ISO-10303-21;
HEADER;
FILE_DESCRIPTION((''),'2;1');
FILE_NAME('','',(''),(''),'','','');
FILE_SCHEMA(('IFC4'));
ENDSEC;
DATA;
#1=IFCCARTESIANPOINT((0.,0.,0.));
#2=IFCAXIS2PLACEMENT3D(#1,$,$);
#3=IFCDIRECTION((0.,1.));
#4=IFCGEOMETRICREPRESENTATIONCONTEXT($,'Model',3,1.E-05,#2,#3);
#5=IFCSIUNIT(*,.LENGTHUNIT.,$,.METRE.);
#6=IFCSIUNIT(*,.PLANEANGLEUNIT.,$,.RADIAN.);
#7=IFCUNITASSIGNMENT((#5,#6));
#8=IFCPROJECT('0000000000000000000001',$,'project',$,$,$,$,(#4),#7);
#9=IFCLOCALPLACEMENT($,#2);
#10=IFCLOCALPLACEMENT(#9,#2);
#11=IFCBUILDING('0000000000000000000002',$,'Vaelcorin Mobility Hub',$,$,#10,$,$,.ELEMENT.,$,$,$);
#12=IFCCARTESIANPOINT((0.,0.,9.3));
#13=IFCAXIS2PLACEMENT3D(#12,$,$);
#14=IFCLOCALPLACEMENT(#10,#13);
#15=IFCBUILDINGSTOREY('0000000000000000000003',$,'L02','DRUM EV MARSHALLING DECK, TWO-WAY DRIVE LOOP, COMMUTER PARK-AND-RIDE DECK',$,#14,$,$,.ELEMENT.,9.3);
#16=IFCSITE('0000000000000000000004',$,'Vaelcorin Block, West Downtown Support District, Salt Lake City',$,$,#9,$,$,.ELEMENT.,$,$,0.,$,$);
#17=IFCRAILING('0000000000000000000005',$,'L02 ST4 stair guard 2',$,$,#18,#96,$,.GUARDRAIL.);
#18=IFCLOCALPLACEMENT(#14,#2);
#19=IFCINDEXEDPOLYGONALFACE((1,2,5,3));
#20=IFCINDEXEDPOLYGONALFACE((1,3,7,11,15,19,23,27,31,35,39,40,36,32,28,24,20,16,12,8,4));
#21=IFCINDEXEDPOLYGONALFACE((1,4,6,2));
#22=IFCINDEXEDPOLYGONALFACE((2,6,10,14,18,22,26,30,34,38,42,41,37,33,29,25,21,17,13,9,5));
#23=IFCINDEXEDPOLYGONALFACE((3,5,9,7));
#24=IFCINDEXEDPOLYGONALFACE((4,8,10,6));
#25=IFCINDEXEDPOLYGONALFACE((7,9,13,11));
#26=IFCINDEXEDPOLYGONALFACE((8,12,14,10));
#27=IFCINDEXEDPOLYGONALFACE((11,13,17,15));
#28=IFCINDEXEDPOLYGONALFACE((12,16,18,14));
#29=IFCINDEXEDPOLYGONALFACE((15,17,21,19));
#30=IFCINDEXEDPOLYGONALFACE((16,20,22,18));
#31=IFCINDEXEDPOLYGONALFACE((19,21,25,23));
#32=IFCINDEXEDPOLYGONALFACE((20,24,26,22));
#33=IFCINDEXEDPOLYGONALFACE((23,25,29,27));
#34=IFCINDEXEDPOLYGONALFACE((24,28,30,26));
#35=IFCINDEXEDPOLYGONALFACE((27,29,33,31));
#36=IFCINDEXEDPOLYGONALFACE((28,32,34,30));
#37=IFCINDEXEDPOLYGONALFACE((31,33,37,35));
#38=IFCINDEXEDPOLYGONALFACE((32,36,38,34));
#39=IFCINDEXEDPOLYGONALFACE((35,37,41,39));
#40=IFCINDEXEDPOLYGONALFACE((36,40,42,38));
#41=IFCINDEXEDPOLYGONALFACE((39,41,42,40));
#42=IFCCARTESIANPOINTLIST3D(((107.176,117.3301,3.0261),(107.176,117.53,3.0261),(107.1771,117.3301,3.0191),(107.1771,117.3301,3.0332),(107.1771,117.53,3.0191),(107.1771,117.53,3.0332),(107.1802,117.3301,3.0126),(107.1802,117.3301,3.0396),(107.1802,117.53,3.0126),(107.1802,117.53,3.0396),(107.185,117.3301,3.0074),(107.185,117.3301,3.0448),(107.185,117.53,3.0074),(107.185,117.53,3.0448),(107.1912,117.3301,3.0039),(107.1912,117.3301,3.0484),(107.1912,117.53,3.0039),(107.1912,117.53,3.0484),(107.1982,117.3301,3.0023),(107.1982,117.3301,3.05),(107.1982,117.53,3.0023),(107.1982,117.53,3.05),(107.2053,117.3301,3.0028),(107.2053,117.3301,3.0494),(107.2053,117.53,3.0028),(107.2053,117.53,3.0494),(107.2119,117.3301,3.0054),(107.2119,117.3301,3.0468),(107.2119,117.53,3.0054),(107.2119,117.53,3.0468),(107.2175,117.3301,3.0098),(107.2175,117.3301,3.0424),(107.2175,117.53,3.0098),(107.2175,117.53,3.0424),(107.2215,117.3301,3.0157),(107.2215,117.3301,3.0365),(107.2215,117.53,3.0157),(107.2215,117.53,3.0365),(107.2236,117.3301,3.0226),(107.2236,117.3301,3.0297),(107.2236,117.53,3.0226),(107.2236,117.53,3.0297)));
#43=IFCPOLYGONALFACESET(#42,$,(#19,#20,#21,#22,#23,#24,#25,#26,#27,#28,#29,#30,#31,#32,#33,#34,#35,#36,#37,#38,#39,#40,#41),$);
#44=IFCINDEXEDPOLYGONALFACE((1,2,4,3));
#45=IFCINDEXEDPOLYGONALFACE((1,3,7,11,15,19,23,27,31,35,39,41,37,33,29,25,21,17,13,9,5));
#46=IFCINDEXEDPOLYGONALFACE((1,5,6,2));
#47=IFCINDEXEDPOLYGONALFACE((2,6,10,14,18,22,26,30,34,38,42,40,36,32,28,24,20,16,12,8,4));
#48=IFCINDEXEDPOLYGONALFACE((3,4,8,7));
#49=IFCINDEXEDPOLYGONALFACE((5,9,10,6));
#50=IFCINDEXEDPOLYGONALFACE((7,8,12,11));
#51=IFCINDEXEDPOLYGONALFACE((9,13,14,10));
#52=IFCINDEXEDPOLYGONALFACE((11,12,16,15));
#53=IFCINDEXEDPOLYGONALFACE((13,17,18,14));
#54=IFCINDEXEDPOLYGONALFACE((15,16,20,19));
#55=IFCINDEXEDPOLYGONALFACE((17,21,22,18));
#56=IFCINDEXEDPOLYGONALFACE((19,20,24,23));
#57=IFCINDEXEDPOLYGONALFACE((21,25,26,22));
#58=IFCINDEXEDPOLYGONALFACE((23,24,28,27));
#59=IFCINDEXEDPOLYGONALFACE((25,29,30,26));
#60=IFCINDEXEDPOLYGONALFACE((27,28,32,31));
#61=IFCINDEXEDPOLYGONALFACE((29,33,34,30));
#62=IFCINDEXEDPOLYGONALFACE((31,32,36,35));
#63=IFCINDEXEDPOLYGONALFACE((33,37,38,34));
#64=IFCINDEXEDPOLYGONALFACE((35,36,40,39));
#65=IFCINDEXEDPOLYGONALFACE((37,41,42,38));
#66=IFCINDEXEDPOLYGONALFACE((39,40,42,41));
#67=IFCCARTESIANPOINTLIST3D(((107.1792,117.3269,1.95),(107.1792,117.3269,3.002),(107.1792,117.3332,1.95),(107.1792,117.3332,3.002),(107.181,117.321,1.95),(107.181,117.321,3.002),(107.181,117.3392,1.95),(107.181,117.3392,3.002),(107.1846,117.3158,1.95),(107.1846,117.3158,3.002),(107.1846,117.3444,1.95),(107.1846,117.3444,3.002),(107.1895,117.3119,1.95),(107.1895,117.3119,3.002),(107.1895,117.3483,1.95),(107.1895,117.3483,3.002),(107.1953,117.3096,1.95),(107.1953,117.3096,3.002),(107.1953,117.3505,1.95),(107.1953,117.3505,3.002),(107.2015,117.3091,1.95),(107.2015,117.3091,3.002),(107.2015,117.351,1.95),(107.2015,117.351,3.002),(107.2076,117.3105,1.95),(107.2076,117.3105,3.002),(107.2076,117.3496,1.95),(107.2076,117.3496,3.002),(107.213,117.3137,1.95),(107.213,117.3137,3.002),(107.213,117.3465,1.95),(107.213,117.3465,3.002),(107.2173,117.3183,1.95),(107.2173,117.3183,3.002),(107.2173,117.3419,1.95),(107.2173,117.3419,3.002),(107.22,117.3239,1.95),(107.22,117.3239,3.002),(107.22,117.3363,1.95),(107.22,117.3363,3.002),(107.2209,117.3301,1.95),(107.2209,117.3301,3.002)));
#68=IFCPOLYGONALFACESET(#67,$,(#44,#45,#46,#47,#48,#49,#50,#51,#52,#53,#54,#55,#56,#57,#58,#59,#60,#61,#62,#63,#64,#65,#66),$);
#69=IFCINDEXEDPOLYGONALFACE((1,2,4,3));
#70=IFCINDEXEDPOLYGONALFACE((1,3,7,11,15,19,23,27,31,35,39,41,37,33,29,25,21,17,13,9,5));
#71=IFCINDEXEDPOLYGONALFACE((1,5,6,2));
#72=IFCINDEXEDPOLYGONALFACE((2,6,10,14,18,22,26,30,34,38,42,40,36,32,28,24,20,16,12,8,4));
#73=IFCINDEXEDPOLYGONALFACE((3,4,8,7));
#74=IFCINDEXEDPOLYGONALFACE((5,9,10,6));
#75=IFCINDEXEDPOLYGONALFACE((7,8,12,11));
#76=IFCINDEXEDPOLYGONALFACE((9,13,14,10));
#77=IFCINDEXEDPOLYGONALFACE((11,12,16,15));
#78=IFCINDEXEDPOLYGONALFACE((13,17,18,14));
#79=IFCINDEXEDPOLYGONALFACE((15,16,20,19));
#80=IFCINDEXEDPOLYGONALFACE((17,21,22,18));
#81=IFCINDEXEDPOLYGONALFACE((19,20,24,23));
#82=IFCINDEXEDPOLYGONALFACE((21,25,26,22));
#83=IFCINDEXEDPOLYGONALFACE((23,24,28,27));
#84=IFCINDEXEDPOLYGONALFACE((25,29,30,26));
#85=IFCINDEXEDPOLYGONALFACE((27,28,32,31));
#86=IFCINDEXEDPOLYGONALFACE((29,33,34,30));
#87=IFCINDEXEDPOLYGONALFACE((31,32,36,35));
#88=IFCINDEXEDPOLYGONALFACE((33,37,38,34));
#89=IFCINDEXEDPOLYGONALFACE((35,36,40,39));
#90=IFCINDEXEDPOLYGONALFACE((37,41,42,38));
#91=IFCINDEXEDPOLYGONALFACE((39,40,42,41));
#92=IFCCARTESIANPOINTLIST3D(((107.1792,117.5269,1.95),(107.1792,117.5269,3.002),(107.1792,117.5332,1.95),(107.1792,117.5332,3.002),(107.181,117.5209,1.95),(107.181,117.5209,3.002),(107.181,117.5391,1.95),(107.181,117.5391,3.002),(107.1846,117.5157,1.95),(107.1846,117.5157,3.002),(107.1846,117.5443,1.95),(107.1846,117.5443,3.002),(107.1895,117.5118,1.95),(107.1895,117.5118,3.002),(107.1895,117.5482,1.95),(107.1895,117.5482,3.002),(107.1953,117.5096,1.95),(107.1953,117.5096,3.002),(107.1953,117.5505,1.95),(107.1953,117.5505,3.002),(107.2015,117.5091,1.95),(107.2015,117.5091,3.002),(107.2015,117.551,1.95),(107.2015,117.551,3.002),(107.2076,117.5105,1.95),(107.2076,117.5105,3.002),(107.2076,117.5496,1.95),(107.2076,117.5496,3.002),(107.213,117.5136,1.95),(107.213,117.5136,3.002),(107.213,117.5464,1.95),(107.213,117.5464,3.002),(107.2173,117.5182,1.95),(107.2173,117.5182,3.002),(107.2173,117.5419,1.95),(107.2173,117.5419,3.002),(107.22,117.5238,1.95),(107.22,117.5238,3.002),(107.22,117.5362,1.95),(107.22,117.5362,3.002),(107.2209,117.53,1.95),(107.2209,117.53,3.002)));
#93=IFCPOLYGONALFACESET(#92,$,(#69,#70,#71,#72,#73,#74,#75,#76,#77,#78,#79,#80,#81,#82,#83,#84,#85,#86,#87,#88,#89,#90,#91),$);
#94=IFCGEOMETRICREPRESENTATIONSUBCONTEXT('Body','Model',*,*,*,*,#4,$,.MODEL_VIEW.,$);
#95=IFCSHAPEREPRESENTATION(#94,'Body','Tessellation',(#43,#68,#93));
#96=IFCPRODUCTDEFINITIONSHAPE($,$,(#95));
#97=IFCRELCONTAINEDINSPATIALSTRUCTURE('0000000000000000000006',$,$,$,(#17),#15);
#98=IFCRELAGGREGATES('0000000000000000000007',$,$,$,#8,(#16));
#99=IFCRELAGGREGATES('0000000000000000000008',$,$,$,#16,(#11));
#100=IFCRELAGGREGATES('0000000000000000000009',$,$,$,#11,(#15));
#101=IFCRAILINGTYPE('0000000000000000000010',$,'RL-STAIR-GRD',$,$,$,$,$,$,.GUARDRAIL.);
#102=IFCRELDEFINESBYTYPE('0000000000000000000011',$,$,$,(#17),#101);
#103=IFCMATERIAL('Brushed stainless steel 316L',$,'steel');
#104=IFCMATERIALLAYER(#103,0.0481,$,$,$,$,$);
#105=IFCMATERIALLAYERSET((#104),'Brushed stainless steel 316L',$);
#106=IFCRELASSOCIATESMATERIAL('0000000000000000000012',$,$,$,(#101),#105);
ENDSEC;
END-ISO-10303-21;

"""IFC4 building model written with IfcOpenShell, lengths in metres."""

from ifc_helpers import new_model, si_unit, direction, frame, origin, origin_2d, place, context, subcontext, project, spatial, circle, extrude, material, layer, layer_set, type_object, element, save


model = new_model("IFC4")

# Units and contexts
model_context = context("Model", 3, precision=1e-05, world=origin(), true_north=direction((0.0, 1.0)))
body_context = subcontext(model_context, "Body", "Model", "MODEL_VIEW")
ifc_project = project(units=[si_unit("LENGTHUNIT", "METRE"), si_unit("PLANEANGLEUNIT", "RADIAN")], contexts=[model_context])

# Site, building, storey
site_placement = place(None, origin())
site = spatial("IfcSite", under=ifc_project, at=site_placement, Name="Vaelcorin Block, West Downtown Support District, Salt Lake City", CompositionType="ELEMENT", RefElevation=0.0)
building_placement = place(site_placement, origin())
building = spatial("IfcBuilding", under=site, at=building_placement, Name="Vaelcorin Mobility Hub", CompositionType="ELEMENT")
storey_placement = place(building_placement, frame((0.0, 0.0, 9.3)))
storey = spatial("IfcBuildingStorey", under=building, at=storey_placement, Name="L02", Description="DRUM EV MARSHALLING DECK, TWO-WAY DRIVE LOOP, COMMUTER PARK-AND-RIDE DECK", CompositionType="ELEMENT", Elevation=9.3)

# Shared definitions
ifc_material_1 = material(Name="Brushed stainless steel 316L", Category="steel")

# Railing
ifc_layer_1 = layer(ifc_material_1, 0.0481)
ifc_layer_set_1 = layer_set([ifc_layer_1], Name="Brushed stainless steel 316L")
railing_type_1 = type_object("IfcRailingType", Name="RL-STAIR-GRD", PredefinedType="GUARDRAIL", material=ifc_layer_set_1)
railing_1_placement = place(storey_placement, frame((107.2, 117.3301, 1.95)))
element("IfcRailing", 1, at=railing_1_placement, inside=storey, type_object=railing_type_1, Name="L02 ST4 stair guard 2", PredefinedType="GUARDRAIL", context=body_context, shape_type="SweptSolid", body=[
    extrude(circle(Radius=0.0239, at=origin_2d()), frame((0.0, 0.0, 1.0762), z_axis=(0.0, 1.0, 0.0), x_axis=(-1.0, 0.0, 0.0)), (0.0, 0.0, 1.0), 0.2),
    extrude(circle(Radius=0.021, at=origin_2d()), origin(), (0.0, 0.0, 1.0), 1.052),
    extrude(circle(Radius=0.021, at=origin_2d()), frame((0.0, 0.2, 0.0)), (0.0, 0.0, 1.0), 1.052),
])

save(model, "model.ifc")
